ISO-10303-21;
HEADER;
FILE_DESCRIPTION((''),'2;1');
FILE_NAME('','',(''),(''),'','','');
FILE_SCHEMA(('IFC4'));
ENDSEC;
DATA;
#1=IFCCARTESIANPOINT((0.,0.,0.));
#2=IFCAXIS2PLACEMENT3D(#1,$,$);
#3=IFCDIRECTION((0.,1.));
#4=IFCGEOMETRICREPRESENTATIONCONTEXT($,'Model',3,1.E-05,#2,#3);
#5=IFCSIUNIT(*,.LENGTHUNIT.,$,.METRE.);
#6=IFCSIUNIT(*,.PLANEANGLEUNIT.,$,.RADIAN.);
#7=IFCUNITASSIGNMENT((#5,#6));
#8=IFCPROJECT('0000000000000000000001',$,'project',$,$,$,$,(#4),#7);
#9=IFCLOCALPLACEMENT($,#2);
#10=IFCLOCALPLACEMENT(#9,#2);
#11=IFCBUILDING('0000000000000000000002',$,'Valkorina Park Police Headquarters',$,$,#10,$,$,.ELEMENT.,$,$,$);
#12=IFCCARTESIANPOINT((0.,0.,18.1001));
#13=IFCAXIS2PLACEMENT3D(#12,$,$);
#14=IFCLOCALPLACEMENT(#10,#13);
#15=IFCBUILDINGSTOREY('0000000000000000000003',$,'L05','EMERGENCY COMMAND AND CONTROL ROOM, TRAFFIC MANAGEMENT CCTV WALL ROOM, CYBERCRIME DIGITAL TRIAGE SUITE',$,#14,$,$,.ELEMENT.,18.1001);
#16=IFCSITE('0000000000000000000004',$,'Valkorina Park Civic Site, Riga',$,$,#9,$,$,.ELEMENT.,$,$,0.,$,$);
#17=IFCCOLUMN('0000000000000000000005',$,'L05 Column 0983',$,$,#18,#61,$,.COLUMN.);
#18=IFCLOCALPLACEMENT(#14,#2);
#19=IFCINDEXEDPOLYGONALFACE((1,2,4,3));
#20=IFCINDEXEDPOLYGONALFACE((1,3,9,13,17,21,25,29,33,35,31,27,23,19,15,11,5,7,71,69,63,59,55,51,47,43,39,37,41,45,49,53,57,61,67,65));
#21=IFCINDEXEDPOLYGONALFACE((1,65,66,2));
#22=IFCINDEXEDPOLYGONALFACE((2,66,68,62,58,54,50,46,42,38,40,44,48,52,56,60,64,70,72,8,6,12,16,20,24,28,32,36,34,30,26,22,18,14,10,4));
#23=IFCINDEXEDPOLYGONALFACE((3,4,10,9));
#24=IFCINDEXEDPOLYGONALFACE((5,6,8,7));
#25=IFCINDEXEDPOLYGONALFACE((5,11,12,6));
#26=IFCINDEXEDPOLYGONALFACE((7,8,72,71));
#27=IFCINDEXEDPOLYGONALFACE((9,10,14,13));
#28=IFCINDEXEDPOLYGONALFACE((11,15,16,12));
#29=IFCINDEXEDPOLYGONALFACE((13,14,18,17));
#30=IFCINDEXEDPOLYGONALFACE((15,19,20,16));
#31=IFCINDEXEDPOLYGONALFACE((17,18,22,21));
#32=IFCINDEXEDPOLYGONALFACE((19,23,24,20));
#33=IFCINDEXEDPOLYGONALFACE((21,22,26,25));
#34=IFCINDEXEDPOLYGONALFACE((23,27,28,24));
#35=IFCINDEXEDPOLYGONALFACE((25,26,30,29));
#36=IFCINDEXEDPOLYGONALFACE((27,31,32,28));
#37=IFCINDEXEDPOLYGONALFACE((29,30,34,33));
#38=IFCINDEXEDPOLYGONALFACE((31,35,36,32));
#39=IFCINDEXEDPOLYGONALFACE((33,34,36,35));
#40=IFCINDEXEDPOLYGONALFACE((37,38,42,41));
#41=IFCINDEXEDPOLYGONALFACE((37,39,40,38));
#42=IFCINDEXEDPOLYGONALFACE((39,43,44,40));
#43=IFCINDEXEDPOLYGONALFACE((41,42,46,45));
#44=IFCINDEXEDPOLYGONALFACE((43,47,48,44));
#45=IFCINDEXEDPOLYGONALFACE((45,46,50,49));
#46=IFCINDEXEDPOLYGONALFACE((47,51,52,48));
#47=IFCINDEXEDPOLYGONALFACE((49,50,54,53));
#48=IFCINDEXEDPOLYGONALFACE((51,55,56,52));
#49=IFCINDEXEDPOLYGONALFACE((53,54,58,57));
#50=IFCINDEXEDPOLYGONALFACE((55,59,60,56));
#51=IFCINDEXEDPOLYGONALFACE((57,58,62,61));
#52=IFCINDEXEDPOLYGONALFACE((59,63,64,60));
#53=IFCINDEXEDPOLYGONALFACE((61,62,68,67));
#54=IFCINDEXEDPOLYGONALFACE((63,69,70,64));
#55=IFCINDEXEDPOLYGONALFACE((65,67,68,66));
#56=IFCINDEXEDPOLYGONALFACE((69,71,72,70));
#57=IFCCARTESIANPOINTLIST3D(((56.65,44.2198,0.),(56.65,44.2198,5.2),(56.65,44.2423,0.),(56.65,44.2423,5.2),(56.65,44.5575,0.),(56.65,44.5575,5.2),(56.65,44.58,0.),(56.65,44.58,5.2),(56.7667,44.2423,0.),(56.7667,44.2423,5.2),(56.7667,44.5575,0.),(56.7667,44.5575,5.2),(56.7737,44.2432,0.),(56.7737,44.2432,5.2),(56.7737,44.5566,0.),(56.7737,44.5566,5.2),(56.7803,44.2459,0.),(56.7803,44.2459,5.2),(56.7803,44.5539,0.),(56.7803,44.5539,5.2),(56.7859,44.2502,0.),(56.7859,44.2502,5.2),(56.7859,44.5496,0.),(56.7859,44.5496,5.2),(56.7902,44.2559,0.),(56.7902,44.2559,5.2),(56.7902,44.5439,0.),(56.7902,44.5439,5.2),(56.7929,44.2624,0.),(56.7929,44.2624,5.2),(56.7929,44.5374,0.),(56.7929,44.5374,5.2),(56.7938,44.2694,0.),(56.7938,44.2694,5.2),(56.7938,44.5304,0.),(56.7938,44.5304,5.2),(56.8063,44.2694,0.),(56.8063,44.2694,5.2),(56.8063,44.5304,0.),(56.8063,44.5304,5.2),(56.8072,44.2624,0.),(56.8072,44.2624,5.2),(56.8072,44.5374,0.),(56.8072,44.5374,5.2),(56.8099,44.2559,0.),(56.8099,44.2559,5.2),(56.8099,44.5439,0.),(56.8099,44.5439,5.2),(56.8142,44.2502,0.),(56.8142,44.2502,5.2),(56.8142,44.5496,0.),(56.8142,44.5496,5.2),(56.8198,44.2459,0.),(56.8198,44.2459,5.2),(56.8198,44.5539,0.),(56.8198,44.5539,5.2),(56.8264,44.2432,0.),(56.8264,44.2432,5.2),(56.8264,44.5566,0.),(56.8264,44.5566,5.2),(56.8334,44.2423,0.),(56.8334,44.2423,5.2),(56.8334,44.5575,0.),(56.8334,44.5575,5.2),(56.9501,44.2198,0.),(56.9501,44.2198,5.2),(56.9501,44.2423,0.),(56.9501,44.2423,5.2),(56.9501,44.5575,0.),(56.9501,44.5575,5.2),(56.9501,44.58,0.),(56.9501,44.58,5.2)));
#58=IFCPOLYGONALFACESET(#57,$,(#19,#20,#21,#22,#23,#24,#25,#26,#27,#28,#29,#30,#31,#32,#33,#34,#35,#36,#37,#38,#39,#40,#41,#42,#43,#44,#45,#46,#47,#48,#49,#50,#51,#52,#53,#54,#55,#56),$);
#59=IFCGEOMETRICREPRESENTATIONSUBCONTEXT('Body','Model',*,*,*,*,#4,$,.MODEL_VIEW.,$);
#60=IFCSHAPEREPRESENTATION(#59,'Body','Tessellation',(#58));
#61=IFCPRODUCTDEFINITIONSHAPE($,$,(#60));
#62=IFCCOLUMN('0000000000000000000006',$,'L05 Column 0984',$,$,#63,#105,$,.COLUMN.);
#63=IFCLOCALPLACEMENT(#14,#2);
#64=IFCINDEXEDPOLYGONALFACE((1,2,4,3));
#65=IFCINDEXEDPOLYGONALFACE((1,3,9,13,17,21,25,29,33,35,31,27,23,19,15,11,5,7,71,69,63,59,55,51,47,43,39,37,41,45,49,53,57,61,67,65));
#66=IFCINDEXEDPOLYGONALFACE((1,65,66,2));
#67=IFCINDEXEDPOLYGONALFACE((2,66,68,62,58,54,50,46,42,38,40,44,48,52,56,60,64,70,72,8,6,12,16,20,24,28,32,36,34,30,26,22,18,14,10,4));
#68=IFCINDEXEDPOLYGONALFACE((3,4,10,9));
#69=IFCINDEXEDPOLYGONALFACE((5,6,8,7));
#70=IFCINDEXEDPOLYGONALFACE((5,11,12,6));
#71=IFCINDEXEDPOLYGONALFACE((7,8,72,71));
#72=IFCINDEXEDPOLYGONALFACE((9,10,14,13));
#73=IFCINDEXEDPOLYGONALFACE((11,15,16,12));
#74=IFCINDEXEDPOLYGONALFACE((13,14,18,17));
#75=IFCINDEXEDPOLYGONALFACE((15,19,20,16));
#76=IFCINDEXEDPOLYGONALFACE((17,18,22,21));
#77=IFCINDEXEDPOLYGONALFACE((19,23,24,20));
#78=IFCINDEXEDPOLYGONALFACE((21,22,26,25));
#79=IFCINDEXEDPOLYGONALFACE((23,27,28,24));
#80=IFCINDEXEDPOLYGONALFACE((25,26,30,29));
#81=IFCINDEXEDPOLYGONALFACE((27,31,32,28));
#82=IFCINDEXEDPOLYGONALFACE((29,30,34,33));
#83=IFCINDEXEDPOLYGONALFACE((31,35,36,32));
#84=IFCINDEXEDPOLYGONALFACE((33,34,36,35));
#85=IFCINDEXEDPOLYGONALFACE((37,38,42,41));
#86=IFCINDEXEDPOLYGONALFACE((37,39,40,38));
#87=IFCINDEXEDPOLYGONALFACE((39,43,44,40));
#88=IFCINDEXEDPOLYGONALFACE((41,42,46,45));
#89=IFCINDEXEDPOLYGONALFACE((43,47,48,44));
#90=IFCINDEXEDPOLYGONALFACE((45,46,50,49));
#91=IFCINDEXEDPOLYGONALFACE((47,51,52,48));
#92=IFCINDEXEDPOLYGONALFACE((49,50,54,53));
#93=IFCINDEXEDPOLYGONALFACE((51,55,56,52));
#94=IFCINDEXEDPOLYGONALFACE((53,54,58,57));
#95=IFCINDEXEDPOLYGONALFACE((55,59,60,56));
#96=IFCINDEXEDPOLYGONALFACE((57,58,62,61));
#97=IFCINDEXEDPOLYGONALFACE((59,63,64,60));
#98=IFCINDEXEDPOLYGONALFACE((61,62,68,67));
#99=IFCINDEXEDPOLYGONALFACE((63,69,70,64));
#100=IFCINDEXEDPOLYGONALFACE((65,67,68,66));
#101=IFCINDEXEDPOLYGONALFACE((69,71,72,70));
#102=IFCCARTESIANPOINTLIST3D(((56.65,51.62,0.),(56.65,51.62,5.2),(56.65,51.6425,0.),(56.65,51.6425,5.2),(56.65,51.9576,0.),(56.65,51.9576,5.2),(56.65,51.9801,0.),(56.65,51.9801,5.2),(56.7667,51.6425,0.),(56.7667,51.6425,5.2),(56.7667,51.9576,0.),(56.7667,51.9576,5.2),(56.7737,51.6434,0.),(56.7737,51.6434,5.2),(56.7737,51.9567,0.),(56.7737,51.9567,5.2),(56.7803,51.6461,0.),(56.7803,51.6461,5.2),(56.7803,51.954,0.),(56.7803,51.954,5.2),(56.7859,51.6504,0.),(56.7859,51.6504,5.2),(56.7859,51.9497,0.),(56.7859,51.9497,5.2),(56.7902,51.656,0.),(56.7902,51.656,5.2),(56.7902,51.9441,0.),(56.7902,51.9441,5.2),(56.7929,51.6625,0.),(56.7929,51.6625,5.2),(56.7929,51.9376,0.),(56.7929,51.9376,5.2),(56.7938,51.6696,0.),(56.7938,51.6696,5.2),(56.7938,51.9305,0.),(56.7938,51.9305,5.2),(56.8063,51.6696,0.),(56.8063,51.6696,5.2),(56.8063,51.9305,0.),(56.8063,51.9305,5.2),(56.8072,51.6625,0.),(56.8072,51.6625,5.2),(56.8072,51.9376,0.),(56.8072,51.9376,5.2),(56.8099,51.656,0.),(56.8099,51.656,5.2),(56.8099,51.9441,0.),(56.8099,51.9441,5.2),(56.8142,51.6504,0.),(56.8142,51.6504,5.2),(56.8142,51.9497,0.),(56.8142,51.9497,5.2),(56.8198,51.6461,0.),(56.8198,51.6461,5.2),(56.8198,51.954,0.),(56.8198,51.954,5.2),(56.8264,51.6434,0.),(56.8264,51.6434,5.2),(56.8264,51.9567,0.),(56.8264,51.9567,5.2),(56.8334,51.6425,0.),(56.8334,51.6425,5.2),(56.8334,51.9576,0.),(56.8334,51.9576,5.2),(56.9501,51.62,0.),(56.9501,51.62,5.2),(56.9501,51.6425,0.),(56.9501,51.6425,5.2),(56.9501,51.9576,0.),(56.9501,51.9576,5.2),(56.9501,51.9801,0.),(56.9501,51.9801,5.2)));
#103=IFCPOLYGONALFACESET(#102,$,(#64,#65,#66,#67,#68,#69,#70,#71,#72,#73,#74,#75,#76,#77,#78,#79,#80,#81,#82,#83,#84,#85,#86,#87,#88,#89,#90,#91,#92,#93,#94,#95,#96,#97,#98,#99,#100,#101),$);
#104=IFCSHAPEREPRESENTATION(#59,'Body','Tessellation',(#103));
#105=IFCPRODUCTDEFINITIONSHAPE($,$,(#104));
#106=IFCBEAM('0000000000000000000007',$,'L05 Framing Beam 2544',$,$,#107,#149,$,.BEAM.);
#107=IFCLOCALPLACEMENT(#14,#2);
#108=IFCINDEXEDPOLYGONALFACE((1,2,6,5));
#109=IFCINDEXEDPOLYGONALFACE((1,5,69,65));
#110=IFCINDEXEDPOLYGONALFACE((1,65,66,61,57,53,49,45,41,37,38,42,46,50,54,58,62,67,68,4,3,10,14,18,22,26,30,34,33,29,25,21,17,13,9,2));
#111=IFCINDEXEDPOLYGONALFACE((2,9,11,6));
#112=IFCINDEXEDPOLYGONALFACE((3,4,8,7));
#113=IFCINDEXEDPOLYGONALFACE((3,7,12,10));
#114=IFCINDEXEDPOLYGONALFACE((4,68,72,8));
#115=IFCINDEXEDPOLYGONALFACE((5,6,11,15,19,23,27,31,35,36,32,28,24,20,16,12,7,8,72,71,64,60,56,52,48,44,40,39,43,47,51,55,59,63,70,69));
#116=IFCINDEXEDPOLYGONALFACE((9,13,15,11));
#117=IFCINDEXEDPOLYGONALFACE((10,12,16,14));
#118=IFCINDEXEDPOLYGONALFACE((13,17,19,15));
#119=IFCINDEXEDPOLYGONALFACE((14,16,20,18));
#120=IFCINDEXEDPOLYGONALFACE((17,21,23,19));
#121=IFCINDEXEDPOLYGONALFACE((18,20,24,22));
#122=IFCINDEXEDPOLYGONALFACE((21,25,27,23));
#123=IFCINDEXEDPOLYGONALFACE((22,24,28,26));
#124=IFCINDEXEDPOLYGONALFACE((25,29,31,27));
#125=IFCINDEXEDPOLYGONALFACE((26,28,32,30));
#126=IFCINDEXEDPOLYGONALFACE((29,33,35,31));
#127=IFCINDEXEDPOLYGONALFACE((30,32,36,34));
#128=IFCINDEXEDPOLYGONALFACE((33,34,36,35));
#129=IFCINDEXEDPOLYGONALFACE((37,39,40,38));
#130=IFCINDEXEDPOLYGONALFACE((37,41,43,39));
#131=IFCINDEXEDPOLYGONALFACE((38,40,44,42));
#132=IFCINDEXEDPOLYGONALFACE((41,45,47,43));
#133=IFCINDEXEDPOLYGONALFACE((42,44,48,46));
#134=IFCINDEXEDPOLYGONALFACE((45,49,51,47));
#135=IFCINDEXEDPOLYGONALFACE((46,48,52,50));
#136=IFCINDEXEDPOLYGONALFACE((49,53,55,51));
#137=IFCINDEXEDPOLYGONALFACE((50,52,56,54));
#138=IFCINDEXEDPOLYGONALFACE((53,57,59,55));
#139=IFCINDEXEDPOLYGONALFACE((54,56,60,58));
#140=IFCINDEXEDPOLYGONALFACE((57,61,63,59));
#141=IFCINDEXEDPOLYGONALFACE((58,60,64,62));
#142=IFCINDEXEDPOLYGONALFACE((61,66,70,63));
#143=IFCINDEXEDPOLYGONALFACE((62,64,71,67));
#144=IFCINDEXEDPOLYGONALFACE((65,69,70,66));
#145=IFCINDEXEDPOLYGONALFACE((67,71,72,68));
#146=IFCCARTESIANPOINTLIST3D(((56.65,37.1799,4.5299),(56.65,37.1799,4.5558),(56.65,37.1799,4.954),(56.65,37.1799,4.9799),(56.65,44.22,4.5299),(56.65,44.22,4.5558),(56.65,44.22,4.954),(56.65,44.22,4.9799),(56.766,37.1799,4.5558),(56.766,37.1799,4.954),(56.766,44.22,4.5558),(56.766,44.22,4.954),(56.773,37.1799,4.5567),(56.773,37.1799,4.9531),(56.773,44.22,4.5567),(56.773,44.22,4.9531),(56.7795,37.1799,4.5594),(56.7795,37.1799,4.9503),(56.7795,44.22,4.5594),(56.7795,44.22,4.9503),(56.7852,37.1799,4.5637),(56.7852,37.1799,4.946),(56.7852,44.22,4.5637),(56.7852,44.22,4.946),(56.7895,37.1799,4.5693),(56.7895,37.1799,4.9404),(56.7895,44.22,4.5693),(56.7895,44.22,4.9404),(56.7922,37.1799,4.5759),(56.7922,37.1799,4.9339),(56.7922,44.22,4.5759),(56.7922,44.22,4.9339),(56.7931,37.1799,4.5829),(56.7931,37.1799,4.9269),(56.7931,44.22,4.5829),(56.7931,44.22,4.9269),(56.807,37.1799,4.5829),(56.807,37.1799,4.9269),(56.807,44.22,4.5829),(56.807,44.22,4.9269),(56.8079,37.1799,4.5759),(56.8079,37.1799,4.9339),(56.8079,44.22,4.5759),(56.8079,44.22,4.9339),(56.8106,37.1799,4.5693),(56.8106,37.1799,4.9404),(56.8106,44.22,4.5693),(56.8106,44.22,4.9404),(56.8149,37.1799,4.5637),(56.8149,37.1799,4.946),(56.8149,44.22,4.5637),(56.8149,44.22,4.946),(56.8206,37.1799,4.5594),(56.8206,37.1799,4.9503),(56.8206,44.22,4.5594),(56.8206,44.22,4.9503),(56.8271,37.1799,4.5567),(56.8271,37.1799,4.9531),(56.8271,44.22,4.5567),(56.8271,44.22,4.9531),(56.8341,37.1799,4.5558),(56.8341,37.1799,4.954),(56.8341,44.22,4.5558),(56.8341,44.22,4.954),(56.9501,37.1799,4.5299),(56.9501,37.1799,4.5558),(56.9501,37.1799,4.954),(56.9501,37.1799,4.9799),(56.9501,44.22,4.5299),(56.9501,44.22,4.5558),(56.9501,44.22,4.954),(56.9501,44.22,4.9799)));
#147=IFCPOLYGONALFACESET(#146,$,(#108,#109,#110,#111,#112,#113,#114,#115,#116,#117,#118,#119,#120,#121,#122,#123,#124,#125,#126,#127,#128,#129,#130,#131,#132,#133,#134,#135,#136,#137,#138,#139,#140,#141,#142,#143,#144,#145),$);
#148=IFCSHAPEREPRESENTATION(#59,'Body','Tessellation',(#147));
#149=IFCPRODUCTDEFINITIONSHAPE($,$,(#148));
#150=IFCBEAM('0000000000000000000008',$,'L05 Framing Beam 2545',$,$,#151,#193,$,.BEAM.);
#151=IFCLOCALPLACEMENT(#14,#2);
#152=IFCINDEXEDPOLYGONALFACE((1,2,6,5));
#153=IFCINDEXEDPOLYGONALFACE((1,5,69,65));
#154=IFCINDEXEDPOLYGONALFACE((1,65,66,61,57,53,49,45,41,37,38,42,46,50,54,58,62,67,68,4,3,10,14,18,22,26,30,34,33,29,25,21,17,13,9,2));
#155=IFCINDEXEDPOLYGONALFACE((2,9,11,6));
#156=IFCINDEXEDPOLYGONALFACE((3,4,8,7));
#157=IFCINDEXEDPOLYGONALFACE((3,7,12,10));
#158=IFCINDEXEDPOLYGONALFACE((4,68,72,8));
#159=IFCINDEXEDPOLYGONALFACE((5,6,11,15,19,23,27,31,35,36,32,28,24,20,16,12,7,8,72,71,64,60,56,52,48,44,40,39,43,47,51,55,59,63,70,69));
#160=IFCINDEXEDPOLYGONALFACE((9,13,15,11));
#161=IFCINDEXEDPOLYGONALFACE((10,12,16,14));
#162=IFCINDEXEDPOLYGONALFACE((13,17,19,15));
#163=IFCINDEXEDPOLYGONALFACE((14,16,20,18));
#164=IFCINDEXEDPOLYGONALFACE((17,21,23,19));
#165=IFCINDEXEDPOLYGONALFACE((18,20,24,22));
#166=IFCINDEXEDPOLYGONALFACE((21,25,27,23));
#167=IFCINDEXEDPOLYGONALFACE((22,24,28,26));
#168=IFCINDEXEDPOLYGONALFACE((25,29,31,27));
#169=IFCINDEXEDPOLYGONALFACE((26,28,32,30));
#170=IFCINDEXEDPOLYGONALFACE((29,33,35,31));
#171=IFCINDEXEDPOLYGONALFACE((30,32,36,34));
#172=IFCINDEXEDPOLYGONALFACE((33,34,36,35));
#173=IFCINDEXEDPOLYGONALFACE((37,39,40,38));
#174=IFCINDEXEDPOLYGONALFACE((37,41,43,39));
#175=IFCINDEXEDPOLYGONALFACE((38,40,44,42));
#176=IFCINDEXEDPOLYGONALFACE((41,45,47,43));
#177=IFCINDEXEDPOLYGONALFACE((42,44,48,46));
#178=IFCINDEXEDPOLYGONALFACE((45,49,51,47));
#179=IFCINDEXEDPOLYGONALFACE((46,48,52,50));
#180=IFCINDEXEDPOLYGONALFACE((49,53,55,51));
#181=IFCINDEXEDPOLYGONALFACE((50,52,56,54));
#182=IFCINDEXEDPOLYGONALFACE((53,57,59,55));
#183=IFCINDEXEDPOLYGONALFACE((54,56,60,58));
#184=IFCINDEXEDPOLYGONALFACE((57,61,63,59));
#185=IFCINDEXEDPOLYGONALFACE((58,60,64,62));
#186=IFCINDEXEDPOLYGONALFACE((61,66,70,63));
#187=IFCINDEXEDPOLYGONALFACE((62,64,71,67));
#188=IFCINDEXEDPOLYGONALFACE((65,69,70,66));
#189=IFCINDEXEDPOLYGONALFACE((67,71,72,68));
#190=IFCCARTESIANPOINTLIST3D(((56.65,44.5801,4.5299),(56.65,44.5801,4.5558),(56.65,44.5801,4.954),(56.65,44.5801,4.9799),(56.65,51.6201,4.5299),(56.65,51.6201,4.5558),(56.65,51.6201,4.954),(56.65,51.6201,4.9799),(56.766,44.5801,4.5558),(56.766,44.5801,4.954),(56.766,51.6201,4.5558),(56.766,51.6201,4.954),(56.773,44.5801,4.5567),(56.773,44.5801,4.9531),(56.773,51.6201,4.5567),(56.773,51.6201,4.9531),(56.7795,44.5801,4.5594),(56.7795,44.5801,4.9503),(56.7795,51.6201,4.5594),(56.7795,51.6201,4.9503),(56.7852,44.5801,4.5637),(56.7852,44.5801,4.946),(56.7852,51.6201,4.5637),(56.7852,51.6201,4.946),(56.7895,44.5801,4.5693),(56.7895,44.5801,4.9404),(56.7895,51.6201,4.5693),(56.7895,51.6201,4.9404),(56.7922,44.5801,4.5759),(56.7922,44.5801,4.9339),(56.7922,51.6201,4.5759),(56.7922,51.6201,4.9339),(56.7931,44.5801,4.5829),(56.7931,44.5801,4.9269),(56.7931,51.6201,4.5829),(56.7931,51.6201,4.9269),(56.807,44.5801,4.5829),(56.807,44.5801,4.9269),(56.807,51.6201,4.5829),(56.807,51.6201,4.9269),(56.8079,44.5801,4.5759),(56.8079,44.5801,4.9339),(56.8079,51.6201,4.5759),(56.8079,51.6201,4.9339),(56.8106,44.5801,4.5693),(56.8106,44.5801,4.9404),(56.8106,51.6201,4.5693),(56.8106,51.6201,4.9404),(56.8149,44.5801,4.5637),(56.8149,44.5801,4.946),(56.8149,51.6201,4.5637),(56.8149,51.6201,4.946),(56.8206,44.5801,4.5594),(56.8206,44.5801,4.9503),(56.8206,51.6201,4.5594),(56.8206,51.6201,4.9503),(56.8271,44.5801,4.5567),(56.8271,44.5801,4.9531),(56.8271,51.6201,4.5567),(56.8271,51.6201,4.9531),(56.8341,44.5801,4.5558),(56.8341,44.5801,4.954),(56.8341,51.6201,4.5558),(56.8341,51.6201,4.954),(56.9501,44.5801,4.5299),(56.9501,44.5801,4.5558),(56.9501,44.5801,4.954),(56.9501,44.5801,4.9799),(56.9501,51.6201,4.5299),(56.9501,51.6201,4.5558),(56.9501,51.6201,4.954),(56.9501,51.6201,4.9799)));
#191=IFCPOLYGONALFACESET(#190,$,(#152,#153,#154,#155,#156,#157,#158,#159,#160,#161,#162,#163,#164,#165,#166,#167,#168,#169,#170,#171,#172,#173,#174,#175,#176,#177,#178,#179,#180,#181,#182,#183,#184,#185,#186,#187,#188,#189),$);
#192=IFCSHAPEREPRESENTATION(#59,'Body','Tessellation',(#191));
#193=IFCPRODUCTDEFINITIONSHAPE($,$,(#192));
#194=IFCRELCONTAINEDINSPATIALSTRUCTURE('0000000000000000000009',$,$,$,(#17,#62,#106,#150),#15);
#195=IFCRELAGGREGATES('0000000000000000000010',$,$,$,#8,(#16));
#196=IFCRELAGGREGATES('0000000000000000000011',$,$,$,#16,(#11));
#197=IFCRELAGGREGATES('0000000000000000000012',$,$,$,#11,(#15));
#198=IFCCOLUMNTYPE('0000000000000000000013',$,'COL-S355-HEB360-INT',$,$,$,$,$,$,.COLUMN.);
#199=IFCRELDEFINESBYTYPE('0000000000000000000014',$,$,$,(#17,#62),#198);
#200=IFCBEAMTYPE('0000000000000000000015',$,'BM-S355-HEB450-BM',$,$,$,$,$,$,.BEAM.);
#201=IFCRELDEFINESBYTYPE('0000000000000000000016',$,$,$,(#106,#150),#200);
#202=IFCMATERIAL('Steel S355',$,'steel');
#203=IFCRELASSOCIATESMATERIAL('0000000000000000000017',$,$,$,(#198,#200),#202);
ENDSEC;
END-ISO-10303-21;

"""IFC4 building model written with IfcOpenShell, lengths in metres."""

from ifc_helpers import new_model, si_unit, direction, frame, origin, origin_2d, place, context, subcontext, project, spatial, i_section, extrude, material, material_profile, profile_set, type_object, element, save


model = new_model("IFC4")

# Units and contexts
model_context = context("Model", 3, precision=1e-05, world=origin(), true_north=direction((0.0, 1.0)))
body_context = subcontext(model_context, "Body", "Model", "MODEL_VIEW")
ifc_project = project(units=[si_unit("LENGTHUNIT", "METRE"), si_unit("PLANEANGLEUNIT", "RADIAN")], contexts=[model_context])

# Site, building, storey
site_placement = place(None, origin())
site = spatial("IfcSite", under=ifc_project, at=site_placement, Name="Valkorina Park Civic Site, Riga", CompositionType="ELEMENT", RefElevation=0.0)
building_placement = place(site_placement, origin())
building = spatial("IfcBuilding", under=site, at=building_placement, Name="Valkorina Park Police Headquarters", CompositionType="ELEMENT")
storey_placement = place(building_placement, frame((0.0, 0.0, 18.1001)))
storey = spatial("IfcBuildingStorey", under=building, at=storey_placement, Name="L05", Description="EMERGENCY COMMAND AND CONTROL ROOM, TRAFFIC MANAGEMENT CCTV WALL ROOM, CYBERCRIME DIGITAL TRIAGE SUITE", CompositionType="ELEMENT", Elevation=18.1001)

# Columns
ifc_material_1 = material(Name="Steel S355", Category="steel")
ifc_material_profile_1 = material_profile(ifc_material_1, i_section(OverallWidth=0.3, OverallDepth=0.3601, WebThickness=0.0125, FlangeThickness=0.0225, FilletRadius=0.0271, at=origin_2d()), Name="HEB 360")
ifc_profile_set_1 = profile_set([ifc_material_profile_1], Name="Steel S355")
column_type = type_object("IfcColumnType", Name="COL-S355-HEB360-INT", PredefinedType="COLUMN", material=ifc_profile_set_1)
for number, where, z_axis, x_axis, name in (
    (1, (56.8, 44.3999, 0.0), (0.0, 0.0, 1.0), (1.0, 0.0, 0.0), "L05 Column 0983"),
    (2, (56.8, 51.8, 0.0), (0.0, 0.0, 1.0), (1.0, 0.0, 0.0), "L05 Column 0984"),
):
    element("IfcColumn", number, at=place(storey_placement, frame(where, z_axis=z_axis, x_axis=x_axis)), inside=storey, type_object=column_type, Name=name, PredefinedType="COLUMN", context=body_context, shape_type="SweptSolid", body=[
        extrude(i_section(OverallWidth=0.3, OverallDepth=0.3601, WebThickness=0.0125, FlangeThickness=0.0225, FilletRadius=0.0271, at=origin_2d()), origin(), (0.0, 0.0, 1.0), 5.2),
    ])

# Beams
ifc_material_profile_2 = material_profile(ifc_material_1, i_section(OverallWidth=0.3, OverallDepth=0.45, WebThickness=0.0139, FlangeThickness=0.0259, FilletRadius=0.0271, at=origin_2d()), Name="HEB 450")
ifc_profile_set_2 = profile_set([ifc_material_profile_2], Name="Steel S355")
beam_type = type_object("IfcBeamType", Name="BM-S355-HEB450-BM", PredefinedType="BEAM", material=ifc_profile_set_2)
for number, where, z_axis, x_axis, name in (
    (3, (56.8, 37.1799, 4.7549), (0.0, 1.0, 0.0), (-1.0, 0.0, 0.0), "L05 Framing Beam 2544"),
    (4, (56.8, 44.5801, 4.7549), (0.0, 1.0, 0.0), (-1.0, 0.0, 0.0), "L05 Framing Beam 2545"),
):
    element("IfcBeam", number, at=place(storey_placement, frame(where, z_axis=z_axis, x_axis=x_axis)), inside=storey, type_object=beam_type, Name=name, PredefinedType="BEAM", context=body_context, shape_type="SweptSolid", body=[
        extrude(i_section(OverallWidth=0.3, OverallDepth=0.45, WebThickness=0.0139, FlangeThickness=0.0259, FilletRadius=0.0271, at=origin_2d()), origin(), (0.0, 0.0, 1.0), 7.04),
    ])

save(model, "model.ifc")
